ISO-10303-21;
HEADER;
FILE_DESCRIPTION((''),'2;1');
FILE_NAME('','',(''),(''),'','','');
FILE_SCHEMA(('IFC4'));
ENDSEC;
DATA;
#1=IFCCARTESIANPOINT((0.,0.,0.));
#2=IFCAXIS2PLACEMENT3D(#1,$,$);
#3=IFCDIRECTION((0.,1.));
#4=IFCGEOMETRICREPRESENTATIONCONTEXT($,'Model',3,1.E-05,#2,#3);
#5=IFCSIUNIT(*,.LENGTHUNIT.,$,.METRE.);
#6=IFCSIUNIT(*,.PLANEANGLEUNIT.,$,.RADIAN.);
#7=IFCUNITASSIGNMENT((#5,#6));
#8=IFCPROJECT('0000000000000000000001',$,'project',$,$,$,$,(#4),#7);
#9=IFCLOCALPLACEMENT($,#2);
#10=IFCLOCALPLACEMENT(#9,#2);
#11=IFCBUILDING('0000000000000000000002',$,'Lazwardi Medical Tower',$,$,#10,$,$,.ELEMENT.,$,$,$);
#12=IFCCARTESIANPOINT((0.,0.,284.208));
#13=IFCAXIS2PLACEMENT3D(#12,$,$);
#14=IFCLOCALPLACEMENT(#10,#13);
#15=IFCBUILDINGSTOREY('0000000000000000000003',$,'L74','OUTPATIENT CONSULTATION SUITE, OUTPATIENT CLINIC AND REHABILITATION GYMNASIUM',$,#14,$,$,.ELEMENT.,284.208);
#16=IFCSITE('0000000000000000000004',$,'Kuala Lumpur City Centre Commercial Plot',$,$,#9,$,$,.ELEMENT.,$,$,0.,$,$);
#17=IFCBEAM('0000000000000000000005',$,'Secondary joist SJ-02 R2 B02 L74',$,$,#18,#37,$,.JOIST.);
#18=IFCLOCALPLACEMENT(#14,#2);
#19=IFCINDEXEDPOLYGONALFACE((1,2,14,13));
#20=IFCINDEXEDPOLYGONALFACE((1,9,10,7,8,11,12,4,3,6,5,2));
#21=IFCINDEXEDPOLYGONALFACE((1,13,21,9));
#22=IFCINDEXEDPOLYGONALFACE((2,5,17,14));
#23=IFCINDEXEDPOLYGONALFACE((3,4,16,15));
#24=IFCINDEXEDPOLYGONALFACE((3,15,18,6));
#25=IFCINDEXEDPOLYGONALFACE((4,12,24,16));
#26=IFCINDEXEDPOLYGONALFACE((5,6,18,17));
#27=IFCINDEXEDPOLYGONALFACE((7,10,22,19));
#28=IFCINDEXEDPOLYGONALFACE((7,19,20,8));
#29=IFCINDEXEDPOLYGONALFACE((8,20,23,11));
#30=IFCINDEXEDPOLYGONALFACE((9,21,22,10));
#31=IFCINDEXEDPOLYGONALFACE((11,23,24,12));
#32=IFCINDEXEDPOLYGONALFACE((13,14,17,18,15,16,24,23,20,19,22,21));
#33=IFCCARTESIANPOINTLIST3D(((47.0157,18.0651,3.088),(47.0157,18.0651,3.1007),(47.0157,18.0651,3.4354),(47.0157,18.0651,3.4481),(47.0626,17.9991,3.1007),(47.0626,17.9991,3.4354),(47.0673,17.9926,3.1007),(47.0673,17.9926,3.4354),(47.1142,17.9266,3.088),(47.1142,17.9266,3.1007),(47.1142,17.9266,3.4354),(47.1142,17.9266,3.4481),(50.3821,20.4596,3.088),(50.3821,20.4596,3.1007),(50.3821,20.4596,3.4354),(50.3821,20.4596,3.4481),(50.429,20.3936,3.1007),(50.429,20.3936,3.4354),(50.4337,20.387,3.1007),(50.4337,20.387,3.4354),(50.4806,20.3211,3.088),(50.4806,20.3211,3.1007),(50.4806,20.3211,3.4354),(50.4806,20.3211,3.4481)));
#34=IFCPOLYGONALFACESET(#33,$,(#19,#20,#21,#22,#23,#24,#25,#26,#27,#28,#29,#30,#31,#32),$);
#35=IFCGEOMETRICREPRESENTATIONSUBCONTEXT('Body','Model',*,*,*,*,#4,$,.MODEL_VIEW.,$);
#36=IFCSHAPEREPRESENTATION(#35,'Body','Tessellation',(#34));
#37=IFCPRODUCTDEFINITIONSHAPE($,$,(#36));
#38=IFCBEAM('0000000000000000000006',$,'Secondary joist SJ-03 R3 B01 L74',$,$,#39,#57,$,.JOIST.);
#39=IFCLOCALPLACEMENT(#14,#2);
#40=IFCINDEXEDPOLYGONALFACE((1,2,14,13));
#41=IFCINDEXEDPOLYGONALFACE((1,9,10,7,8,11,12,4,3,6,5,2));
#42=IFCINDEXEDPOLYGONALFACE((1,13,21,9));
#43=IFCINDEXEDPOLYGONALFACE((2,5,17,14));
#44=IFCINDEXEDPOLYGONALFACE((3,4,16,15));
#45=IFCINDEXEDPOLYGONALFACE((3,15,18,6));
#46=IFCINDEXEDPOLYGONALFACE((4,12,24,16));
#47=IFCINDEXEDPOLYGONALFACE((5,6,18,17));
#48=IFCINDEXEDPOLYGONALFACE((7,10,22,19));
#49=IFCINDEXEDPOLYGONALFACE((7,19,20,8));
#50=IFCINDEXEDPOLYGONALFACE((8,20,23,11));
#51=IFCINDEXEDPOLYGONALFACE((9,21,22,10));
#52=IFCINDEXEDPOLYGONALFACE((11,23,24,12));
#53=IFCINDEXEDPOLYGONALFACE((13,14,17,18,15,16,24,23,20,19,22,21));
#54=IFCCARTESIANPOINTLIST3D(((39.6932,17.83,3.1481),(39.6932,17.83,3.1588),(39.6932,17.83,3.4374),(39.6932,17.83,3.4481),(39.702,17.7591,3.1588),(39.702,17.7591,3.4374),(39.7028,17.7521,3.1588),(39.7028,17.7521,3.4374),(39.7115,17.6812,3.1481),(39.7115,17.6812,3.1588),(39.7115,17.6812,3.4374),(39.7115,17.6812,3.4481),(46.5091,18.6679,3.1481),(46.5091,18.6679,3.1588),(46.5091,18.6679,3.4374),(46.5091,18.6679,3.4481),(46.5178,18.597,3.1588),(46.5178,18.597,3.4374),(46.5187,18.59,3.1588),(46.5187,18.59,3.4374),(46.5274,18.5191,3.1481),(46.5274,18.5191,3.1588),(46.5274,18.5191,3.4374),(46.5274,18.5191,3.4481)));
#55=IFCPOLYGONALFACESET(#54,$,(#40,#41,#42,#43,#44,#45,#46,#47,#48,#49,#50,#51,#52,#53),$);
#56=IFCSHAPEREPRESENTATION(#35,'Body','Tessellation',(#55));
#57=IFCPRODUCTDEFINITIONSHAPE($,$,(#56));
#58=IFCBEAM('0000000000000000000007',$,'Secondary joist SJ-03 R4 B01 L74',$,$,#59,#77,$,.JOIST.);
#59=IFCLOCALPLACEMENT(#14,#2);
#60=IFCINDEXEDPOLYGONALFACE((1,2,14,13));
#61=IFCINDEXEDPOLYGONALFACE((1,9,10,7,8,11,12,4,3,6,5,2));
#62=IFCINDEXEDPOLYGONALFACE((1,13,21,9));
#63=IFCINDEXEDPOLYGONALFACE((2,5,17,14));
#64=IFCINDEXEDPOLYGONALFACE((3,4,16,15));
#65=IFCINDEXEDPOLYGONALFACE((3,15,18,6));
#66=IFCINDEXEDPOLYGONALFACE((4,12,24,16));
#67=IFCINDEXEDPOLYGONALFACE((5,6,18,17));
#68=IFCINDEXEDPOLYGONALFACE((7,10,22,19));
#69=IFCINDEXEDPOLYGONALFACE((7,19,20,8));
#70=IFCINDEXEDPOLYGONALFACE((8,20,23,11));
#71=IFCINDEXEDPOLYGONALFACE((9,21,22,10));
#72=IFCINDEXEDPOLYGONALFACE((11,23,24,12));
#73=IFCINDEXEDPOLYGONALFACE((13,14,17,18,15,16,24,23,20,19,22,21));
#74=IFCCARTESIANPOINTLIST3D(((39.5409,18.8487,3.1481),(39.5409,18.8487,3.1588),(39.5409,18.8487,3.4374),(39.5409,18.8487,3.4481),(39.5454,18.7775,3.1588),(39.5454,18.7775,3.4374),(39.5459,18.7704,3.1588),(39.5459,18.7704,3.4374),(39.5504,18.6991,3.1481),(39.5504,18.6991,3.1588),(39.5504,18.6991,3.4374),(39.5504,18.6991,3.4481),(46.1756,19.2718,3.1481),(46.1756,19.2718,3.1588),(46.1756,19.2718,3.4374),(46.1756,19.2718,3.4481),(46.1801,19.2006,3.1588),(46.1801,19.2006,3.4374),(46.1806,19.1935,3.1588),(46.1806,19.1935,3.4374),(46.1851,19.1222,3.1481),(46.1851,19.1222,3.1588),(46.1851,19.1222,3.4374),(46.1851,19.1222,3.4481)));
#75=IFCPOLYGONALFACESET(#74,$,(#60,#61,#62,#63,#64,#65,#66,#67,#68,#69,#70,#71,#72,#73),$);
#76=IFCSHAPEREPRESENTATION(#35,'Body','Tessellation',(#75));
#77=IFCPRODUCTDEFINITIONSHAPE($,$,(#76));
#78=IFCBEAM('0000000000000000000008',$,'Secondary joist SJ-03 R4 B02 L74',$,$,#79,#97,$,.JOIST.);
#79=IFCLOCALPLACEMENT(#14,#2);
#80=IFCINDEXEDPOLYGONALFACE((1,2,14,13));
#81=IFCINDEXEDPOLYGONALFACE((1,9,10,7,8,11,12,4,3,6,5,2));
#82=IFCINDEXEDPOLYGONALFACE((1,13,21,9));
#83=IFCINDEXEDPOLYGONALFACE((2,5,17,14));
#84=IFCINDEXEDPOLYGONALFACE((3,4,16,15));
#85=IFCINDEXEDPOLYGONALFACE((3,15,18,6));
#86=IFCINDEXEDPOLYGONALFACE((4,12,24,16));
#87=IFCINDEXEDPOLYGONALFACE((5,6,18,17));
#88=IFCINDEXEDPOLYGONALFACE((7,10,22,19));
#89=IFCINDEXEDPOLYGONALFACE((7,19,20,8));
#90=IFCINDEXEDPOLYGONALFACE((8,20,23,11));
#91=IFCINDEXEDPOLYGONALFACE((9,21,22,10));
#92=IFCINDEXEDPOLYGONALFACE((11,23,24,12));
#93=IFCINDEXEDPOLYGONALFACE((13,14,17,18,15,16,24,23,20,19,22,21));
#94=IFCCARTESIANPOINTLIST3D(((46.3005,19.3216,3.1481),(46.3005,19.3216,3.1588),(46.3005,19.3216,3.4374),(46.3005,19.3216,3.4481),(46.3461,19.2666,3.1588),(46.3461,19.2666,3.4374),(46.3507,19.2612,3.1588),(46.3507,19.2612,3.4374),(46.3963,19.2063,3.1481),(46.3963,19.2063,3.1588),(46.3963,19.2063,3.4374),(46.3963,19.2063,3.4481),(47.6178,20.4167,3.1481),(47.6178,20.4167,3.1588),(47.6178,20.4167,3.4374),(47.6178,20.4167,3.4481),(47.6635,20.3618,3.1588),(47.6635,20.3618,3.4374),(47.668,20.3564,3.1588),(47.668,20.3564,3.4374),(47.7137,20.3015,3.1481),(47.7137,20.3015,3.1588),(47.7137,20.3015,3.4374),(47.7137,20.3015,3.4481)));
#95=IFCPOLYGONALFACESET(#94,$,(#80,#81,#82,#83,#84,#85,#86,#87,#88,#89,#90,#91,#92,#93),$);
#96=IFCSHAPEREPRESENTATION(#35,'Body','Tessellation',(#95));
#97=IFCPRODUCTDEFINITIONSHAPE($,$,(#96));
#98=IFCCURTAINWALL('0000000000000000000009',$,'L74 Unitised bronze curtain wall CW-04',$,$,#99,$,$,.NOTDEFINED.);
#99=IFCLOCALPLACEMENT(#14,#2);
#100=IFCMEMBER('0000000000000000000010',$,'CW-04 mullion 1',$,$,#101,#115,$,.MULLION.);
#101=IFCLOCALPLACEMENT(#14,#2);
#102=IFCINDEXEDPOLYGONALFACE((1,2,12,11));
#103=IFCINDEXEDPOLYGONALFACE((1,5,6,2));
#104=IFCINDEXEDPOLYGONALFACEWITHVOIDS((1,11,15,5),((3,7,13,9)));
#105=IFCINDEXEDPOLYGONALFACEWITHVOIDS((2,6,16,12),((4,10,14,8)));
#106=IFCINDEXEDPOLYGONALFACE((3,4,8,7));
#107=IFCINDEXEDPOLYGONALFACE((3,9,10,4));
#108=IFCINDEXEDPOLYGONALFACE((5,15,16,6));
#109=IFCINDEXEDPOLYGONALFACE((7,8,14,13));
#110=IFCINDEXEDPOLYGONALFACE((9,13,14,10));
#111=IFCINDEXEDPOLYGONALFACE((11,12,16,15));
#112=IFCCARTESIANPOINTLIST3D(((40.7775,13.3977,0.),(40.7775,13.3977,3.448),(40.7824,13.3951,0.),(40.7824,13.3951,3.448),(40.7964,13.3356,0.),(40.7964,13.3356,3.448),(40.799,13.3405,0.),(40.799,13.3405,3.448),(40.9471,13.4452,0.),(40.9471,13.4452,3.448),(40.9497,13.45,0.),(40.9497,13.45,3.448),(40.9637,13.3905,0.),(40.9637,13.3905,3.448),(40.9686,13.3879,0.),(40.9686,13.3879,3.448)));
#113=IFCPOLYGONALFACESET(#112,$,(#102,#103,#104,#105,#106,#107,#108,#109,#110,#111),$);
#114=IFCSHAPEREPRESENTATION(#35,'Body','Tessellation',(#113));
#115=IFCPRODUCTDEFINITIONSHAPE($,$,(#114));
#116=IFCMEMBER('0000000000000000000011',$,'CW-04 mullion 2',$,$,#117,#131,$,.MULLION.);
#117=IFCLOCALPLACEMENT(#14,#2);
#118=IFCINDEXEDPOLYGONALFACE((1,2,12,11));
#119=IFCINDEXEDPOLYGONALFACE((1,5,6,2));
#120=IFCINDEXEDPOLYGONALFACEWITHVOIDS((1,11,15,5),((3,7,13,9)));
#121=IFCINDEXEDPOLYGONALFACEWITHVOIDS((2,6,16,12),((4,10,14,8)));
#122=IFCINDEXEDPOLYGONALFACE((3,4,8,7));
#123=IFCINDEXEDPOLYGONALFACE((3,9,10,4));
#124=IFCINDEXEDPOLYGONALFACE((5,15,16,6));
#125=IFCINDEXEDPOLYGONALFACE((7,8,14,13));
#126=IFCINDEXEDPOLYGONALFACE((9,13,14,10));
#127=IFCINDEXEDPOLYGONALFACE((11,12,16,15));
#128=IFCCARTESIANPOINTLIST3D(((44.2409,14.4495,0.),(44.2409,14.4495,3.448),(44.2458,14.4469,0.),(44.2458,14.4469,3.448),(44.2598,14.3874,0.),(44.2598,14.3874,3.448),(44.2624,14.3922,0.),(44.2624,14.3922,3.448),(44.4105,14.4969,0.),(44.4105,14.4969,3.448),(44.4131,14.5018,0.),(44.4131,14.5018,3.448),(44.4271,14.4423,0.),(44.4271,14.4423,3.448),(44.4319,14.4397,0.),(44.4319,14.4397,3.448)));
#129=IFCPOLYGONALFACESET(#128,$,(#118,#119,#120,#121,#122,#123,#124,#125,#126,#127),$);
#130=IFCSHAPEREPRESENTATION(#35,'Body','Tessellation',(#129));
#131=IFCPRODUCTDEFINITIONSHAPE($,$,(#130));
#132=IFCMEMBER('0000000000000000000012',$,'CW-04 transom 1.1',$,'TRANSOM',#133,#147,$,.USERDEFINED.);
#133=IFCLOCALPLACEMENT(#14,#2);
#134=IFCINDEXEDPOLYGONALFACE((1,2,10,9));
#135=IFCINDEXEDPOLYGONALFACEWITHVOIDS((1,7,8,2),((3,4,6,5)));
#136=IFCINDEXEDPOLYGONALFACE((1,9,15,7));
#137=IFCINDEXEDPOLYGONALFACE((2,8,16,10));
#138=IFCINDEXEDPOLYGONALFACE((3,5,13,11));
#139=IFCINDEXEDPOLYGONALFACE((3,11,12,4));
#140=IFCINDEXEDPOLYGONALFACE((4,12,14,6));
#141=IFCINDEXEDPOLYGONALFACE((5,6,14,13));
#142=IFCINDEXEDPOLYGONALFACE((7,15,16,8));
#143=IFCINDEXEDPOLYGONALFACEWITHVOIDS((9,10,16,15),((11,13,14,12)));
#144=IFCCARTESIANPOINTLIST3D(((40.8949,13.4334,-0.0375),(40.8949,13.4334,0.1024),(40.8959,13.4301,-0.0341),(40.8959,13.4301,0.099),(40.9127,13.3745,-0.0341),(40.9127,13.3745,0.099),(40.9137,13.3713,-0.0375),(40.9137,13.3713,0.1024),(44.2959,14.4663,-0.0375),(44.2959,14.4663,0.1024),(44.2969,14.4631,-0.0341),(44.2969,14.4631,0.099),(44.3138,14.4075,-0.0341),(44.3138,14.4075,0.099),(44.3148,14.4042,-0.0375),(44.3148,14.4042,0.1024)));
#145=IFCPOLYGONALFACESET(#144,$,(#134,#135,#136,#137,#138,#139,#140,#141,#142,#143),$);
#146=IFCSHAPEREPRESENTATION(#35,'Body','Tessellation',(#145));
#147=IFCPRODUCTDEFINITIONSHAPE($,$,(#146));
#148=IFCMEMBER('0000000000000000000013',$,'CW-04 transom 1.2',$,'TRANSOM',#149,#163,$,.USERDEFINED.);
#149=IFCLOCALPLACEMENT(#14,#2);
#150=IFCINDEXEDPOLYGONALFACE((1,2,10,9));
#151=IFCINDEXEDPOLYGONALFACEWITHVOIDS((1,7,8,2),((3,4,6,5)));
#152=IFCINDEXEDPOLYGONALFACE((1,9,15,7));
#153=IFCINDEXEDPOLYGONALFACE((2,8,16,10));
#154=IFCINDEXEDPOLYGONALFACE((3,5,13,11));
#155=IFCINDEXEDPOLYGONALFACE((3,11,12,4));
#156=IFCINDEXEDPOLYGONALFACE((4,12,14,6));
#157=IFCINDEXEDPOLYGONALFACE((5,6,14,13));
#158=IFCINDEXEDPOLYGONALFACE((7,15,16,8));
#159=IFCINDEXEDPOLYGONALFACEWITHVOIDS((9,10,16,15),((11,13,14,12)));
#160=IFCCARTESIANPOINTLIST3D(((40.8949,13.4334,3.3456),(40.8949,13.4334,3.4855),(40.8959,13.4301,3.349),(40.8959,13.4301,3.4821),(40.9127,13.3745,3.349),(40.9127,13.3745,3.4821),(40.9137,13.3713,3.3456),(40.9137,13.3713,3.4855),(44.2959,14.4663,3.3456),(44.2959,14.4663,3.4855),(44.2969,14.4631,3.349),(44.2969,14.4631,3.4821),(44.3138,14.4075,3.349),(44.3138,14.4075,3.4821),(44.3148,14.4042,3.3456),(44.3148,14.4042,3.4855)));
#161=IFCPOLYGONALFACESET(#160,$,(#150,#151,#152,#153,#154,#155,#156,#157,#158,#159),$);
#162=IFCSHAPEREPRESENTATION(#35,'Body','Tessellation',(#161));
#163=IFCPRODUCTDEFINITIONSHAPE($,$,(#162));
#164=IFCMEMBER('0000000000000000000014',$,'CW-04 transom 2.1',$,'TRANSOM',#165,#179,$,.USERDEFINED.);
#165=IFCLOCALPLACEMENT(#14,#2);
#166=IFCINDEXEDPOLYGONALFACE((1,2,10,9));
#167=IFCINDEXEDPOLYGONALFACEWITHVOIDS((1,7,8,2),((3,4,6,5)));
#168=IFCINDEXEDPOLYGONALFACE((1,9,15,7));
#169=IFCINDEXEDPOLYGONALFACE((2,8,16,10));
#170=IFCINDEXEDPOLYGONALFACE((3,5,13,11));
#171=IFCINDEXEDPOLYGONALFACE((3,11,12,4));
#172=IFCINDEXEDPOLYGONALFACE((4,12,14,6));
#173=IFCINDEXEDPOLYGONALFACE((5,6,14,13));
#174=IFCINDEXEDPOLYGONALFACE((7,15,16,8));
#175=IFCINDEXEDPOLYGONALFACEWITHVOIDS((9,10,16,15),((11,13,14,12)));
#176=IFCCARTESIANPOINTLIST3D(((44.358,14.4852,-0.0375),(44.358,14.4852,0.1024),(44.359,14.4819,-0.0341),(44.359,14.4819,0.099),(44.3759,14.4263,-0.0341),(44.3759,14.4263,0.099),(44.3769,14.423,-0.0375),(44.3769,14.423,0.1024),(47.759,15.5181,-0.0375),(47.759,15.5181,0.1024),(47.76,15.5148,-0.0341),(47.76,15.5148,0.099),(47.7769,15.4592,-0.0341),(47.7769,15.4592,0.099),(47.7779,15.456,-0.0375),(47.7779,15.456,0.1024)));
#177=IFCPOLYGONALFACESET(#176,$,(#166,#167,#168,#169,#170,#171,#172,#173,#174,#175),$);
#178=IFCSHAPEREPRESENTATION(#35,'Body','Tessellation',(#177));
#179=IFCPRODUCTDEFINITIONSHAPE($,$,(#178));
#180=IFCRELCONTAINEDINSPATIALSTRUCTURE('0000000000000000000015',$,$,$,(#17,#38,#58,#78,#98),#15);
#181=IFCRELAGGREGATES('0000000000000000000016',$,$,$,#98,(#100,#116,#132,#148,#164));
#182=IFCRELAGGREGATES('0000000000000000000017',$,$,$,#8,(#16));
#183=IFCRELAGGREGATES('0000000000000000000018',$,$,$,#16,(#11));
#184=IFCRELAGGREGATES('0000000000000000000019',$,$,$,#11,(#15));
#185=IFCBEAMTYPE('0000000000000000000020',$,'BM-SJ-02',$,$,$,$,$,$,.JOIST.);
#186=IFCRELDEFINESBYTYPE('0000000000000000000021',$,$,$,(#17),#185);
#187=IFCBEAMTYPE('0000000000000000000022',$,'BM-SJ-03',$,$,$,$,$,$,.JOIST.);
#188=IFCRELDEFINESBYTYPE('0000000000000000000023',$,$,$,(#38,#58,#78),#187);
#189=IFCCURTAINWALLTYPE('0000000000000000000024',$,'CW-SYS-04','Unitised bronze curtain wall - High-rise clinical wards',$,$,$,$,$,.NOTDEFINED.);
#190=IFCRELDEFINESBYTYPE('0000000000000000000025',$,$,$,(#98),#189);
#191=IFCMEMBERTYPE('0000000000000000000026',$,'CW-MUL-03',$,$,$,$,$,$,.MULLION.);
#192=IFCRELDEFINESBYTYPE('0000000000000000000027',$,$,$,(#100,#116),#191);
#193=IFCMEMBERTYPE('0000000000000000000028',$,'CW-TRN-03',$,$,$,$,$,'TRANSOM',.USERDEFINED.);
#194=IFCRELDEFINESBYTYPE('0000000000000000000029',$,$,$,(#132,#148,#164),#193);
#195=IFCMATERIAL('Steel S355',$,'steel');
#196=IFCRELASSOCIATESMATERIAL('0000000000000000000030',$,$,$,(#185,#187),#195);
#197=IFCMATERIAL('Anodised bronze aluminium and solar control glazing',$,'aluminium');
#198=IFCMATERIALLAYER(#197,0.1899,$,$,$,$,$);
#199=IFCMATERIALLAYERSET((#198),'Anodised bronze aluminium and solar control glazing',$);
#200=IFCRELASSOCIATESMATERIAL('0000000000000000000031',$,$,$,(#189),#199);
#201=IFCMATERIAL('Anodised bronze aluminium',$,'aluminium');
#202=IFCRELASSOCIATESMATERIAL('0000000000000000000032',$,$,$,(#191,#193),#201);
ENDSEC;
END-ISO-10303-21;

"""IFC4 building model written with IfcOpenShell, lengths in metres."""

from ifc_helpers import new_model, si_unit, direction, frame, origin, origin_2d, place, context, subcontext, project, spatial, hollow_rectangle, i_section, extrude, material, layer, layer_set, material_profile, profile_set, type_object, element, aggregate, save


model = new_model("IFC4")

# Units and contexts
model_context = context("Model", 3, precision=1e-05, world=origin(), true_north=direction((0.0, 1.0)))
body_context = subcontext(model_context, "Body", "Model", "MODEL_VIEW")
ifc_project = project(units=[si_unit("LENGTHUNIT", "METRE"), si_unit("PLANEANGLEUNIT", "RADIAN")], contexts=[model_context])

# Site, building, storey
site_placement = place(None, origin())
site = spatial("IfcSite", under=ifc_project, at=site_placement, Name="Kuala Lumpur City Centre Commercial Plot", CompositionType="ELEMENT", RefElevation=0.0)
building_placement = place(site_placement, origin())
building = spatial("IfcBuilding", under=site, at=building_placement, Name="Lazwardi Medical Tower", CompositionType="ELEMENT")
storey_placement = place(building_placement, frame((0.0, 0.0, 284.208)))
storey = spatial("IfcBuildingStorey", under=building, at=storey_placement, Name="L74", Description="OUTPATIENT CONSULTATION SUITE, OUTPATIENT CLINIC AND REHABILITATION GYMNASIUM", CompositionType="ELEMENT", Elevation=284.208)

# Beams
ifc_material_1 = material(Name="Steel S355", Category="steel")
ifc_material_profile_1 = material_profile(ifc_material_1, i_section(OverallWidth=0.1699, OverallDepth=0.3601, WebThickness=0.0081, FlangeThickness=0.0127, at=origin_2d()), Name="IPE 360")
ifc_profile_set_1 = profile_set([ifc_material_profile_1], Name="Steel S355")
beam_type_1 = type_object("IfcBeamType", Name="BM-SJ-02", PredefinedType="JOIST", material=ifc_profile_set_1)
beam_1_placement = place(storey_placement, frame((47.0649, 17.9958, 3.2681), z_axis=(0.814886, 0.579621, 0.0), x_axis=(-0.579621, 0.814886, 0.0)))
element("IfcBeam", 1, at=beam_1_placement, inside=storey, type_object=beam_type_1, Name="Secondary joist SJ-02 R2 B02 L74", PredefinedType="JOIST", context=body_context, shape_type="SweptSolid", body=[
    extrude(i_section(OverallWidth=0.1699, OverallDepth=0.3601, WebThickness=0.0081, FlangeThickness=0.0127, at=origin_2d()), origin(), (0.0, 0.0, 1.0), 4.1311),
])
ifc_material_profile_2 = material_profile(ifc_material_1, i_section(OverallWidth=0.1499, OverallDepth=0.3, WebThickness=0.0071, FlangeThickness=0.0107, at=origin_2d()), Name="IPE 300")
ifc_profile_set_2 = profile_set([ifc_material_profile_2], Name="Steel S355")
beam_type_2 = type_object("IfcBeamType", Name="BM-SJ-03", PredefinedType="JOIST", material=ifc_profile_set_2)
beam_2_placement = place(storey_placement, frame((39.7024, 17.7556, 3.2981), z_axis=(0.992529, 0.122013, 0.0), x_axis=(-0.122013, 0.992529, 0.0)))
element("IfcBeam", 2, at=beam_2_placement, inside=storey, type_object=beam_type_2, Name="Secondary joist SJ-03 R3 B01 L74", PredefinedType="JOIST", context=body_context, shape_type="SweptSolid", body=[
    extrude(i_section(OverallWidth=0.1499, OverallDepth=0.3, WebThickness=0.0071, FlangeThickness=0.0107, at=origin_2d()), origin(), (0.0, 0.0, 1.0), 6.8672),
])
beam_3_placement = place(storey_placement, frame((39.5457, 18.7739, 3.2981), z_axis=(0.997973, 0.06364, 0.0), x_axis=(-0.06364, 0.997973, 0.0)))
element("IfcBeam", 3, at=beam_3_placement, inside=storey, type_object=beam_type_2, Name="Secondary joist SJ-03 R4 B01 L74", PredefinedType="JOIST", context=body_context, shape_type="SweptSolid", body=[
    extrude(i_section(OverallWidth=0.1499, OverallDepth=0.3, WebThickness=0.0071, FlangeThickness=0.0107, at=origin_2d()), origin(), (0.0, 0.0, 1.0), 6.6482),
])
beam_4_placement = place(storey_placement, frame((46.3484, 19.2639, 3.2981), z_axis=(0.768968, 0.639287, 0.0), x_axis=(-0.639287, 0.768968, 0.0)))
element("IfcBeam", 4, at=beam_4_placement, inside=storey, type_object=beam_type_2, Name="Secondary joist SJ-03 R4 B02 L74", PredefinedType="JOIST", context=body_context, shape_type="SweptSolid", body=[
    extrude(i_section(OverallWidth=0.1499, OverallDepth=0.3, WebThickness=0.0071, FlangeThickness=0.0107, at=origin_2d()), origin(), (0.0, 0.0, 1.0), 1.7131),
])

# Curtain wall, members
ifc_material_2 = material(Name="Anodised bronze aluminium and solar control glazing", Category="aluminium")
ifc_layer_1 = layer(ifc_material_2, 0.1899)
ifc_layer_set_1 = layer_set([ifc_layer_1], Name="Anodised bronze aluminium and solar control glazing")
curtain_wall_type = type_object("IfcCurtainWallType", Name="CW-SYS-04", Description="Unitised bronze curtain wall - High-rise clinical wards", PredefinedType="NOTDEFINED", material=ifc_layer_set_1)
curtain_wall_placement = place(storey_placement, origin())
curtain_wall = element("IfcCurtainWall", 5, at=curtain_wall_placement, inside=storey, type_object=curtain_wall_type, Name="L74 Unitised bronze curtain wall CW-04", PredefinedType="NOTDEFINED")
ifc_material_3 = material(Name="Anodised bronze aluminium", Category="aluminium")
ifc_material_profile_3 = material_profile(ifc_material_3, hollow_rectangle(XDim=0.0649, YDim=0.1799, WallThickness=0.0039, at=origin_2d()), Name="ALU-MULLION 180x65x4")
ifc_profile_set_3 = profile_set([ifc_material_profile_3], Name="Anodised bronze aluminium")
member_type_1 = type_object("IfcMemberType", Name="CW-MUL-03", PredefinedType="MULLION", material=ifc_profile_set_3)
member_1_placement = place(storey_placement, frame((40.873, 13.3928, 0.0), z_axis=(0.0, 0.0, 1.0), x_axis=(-0.290582, 0.95685, 0.0)))
member_1 = element("IfcMember", 6, at=member_1_placement, type_object=member_type_1, Name="CW-04 mullion 1", PredefinedType="MULLION", context=body_context, shape_type="SweptSolid", body=[
    extrude(hollow_rectangle(XDim=0.0649, YDim=0.1799, WallThickness=0.0039, at=origin_2d()), origin(), (0.0, 0.0, 1.0), 3.448),
])
member_2_placement = place(storey_placement, frame((44.3364, 14.4446, 0.0), z_axis=(0.0, 0.0, 1.0), x_axis=(-0.290582, 0.95685, 0.0)))
member_2 = element("IfcMember", 7, at=member_2_placement, type_object=member_type_1, Name="CW-04 mullion 2", PredefinedType="MULLION", context=body_context, shape_type="SweptSolid", body=[
    extrude(hollow_rectangle(XDim=0.0649, YDim=0.1799, WallThickness=0.0039, at=origin_2d()), origin(), (0.0, 0.0, 1.0), 3.448),
])
ifc_material_profile_4 = material_profile(ifc_material_3, hollow_rectangle(XDim=0.0649, YDim=0.1399, WallThickness=0.0034, at=origin_2d()), Name="ALU-TRANSOM 140x65x3.5")
ifc_profile_set_4 = profile_set([ifc_material_profile_4], Name="Anodised bronze aluminium")
member_type_2 = type_object("IfcMemberType", Name="CW-TRN-03", ElementType="TRANSOM", PredefinedType="USERDEFINED", material=ifc_profile_set_4)
member_3_placement = place(storey_placement, frame((40.9043, 13.4023, 0.0325), z_axis=(0.956843, 0.290604, 0.0), x_axis=(-0.290604, 0.956843, 0.0)))
member_3 = element("IfcMember", 8, at=member_3_placement, type_object=member_type_2, Name="CW-04 transom 1.1", ObjectType="TRANSOM", PredefinedType="USERDEFINED", context=body_context, shape_type="SweptSolid", body=[
    extrude(hollow_rectangle(XDim=0.0649, YDim=0.1399, WallThickness=0.0034, at=origin_2d()), origin(), (0.0, 0.0, 1.0), 3.5544),
])
member_4_placement = place(storey_placement, frame((40.9043, 13.4023, 3.4155), z_axis=(0.956843, 0.290604, 0.0), x_axis=(-0.290604, 0.956843, 0.0)))
member_4 = element("IfcMember", 9, at=member_4_placement, type_object=member_type_2, Name="CW-04 transom 1.2", ObjectType="TRANSOM", PredefinedType="USERDEFINED", context=body_context, shape_type="SweptSolid", body=[
    extrude(hollow_rectangle(XDim=0.0649, YDim=0.1399, WallThickness=0.0034, at=origin_2d()), origin(), (0.0, 0.0, 1.0), 3.5544),
])
member_5_placement = place(storey_placement, frame((44.3674, 14.4541, 0.0325), z_axis=(0.956843, 0.290604, 0.0), x_axis=(-0.290604, 0.956843, 0.0)))
member_5 = element("IfcMember", 10, at=member_5_placement, type_object=member_type_2, Name="CW-04 transom 2.1", ObjectType="TRANSOM", PredefinedType="USERDEFINED", context=body_context, shape_type="SweptSolid", body=[
    extrude(hollow_rectangle(XDim=0.0649, YDim=0.1399, WallThickness=0.0034, at=origin_2d()), origin(), (0.0, 0.0, 1.0), 3.5544),
])
aggregate(curtain_wall, [member_1, member_2, member_3, member_4, member_5])

save(model, "model.ifc")
